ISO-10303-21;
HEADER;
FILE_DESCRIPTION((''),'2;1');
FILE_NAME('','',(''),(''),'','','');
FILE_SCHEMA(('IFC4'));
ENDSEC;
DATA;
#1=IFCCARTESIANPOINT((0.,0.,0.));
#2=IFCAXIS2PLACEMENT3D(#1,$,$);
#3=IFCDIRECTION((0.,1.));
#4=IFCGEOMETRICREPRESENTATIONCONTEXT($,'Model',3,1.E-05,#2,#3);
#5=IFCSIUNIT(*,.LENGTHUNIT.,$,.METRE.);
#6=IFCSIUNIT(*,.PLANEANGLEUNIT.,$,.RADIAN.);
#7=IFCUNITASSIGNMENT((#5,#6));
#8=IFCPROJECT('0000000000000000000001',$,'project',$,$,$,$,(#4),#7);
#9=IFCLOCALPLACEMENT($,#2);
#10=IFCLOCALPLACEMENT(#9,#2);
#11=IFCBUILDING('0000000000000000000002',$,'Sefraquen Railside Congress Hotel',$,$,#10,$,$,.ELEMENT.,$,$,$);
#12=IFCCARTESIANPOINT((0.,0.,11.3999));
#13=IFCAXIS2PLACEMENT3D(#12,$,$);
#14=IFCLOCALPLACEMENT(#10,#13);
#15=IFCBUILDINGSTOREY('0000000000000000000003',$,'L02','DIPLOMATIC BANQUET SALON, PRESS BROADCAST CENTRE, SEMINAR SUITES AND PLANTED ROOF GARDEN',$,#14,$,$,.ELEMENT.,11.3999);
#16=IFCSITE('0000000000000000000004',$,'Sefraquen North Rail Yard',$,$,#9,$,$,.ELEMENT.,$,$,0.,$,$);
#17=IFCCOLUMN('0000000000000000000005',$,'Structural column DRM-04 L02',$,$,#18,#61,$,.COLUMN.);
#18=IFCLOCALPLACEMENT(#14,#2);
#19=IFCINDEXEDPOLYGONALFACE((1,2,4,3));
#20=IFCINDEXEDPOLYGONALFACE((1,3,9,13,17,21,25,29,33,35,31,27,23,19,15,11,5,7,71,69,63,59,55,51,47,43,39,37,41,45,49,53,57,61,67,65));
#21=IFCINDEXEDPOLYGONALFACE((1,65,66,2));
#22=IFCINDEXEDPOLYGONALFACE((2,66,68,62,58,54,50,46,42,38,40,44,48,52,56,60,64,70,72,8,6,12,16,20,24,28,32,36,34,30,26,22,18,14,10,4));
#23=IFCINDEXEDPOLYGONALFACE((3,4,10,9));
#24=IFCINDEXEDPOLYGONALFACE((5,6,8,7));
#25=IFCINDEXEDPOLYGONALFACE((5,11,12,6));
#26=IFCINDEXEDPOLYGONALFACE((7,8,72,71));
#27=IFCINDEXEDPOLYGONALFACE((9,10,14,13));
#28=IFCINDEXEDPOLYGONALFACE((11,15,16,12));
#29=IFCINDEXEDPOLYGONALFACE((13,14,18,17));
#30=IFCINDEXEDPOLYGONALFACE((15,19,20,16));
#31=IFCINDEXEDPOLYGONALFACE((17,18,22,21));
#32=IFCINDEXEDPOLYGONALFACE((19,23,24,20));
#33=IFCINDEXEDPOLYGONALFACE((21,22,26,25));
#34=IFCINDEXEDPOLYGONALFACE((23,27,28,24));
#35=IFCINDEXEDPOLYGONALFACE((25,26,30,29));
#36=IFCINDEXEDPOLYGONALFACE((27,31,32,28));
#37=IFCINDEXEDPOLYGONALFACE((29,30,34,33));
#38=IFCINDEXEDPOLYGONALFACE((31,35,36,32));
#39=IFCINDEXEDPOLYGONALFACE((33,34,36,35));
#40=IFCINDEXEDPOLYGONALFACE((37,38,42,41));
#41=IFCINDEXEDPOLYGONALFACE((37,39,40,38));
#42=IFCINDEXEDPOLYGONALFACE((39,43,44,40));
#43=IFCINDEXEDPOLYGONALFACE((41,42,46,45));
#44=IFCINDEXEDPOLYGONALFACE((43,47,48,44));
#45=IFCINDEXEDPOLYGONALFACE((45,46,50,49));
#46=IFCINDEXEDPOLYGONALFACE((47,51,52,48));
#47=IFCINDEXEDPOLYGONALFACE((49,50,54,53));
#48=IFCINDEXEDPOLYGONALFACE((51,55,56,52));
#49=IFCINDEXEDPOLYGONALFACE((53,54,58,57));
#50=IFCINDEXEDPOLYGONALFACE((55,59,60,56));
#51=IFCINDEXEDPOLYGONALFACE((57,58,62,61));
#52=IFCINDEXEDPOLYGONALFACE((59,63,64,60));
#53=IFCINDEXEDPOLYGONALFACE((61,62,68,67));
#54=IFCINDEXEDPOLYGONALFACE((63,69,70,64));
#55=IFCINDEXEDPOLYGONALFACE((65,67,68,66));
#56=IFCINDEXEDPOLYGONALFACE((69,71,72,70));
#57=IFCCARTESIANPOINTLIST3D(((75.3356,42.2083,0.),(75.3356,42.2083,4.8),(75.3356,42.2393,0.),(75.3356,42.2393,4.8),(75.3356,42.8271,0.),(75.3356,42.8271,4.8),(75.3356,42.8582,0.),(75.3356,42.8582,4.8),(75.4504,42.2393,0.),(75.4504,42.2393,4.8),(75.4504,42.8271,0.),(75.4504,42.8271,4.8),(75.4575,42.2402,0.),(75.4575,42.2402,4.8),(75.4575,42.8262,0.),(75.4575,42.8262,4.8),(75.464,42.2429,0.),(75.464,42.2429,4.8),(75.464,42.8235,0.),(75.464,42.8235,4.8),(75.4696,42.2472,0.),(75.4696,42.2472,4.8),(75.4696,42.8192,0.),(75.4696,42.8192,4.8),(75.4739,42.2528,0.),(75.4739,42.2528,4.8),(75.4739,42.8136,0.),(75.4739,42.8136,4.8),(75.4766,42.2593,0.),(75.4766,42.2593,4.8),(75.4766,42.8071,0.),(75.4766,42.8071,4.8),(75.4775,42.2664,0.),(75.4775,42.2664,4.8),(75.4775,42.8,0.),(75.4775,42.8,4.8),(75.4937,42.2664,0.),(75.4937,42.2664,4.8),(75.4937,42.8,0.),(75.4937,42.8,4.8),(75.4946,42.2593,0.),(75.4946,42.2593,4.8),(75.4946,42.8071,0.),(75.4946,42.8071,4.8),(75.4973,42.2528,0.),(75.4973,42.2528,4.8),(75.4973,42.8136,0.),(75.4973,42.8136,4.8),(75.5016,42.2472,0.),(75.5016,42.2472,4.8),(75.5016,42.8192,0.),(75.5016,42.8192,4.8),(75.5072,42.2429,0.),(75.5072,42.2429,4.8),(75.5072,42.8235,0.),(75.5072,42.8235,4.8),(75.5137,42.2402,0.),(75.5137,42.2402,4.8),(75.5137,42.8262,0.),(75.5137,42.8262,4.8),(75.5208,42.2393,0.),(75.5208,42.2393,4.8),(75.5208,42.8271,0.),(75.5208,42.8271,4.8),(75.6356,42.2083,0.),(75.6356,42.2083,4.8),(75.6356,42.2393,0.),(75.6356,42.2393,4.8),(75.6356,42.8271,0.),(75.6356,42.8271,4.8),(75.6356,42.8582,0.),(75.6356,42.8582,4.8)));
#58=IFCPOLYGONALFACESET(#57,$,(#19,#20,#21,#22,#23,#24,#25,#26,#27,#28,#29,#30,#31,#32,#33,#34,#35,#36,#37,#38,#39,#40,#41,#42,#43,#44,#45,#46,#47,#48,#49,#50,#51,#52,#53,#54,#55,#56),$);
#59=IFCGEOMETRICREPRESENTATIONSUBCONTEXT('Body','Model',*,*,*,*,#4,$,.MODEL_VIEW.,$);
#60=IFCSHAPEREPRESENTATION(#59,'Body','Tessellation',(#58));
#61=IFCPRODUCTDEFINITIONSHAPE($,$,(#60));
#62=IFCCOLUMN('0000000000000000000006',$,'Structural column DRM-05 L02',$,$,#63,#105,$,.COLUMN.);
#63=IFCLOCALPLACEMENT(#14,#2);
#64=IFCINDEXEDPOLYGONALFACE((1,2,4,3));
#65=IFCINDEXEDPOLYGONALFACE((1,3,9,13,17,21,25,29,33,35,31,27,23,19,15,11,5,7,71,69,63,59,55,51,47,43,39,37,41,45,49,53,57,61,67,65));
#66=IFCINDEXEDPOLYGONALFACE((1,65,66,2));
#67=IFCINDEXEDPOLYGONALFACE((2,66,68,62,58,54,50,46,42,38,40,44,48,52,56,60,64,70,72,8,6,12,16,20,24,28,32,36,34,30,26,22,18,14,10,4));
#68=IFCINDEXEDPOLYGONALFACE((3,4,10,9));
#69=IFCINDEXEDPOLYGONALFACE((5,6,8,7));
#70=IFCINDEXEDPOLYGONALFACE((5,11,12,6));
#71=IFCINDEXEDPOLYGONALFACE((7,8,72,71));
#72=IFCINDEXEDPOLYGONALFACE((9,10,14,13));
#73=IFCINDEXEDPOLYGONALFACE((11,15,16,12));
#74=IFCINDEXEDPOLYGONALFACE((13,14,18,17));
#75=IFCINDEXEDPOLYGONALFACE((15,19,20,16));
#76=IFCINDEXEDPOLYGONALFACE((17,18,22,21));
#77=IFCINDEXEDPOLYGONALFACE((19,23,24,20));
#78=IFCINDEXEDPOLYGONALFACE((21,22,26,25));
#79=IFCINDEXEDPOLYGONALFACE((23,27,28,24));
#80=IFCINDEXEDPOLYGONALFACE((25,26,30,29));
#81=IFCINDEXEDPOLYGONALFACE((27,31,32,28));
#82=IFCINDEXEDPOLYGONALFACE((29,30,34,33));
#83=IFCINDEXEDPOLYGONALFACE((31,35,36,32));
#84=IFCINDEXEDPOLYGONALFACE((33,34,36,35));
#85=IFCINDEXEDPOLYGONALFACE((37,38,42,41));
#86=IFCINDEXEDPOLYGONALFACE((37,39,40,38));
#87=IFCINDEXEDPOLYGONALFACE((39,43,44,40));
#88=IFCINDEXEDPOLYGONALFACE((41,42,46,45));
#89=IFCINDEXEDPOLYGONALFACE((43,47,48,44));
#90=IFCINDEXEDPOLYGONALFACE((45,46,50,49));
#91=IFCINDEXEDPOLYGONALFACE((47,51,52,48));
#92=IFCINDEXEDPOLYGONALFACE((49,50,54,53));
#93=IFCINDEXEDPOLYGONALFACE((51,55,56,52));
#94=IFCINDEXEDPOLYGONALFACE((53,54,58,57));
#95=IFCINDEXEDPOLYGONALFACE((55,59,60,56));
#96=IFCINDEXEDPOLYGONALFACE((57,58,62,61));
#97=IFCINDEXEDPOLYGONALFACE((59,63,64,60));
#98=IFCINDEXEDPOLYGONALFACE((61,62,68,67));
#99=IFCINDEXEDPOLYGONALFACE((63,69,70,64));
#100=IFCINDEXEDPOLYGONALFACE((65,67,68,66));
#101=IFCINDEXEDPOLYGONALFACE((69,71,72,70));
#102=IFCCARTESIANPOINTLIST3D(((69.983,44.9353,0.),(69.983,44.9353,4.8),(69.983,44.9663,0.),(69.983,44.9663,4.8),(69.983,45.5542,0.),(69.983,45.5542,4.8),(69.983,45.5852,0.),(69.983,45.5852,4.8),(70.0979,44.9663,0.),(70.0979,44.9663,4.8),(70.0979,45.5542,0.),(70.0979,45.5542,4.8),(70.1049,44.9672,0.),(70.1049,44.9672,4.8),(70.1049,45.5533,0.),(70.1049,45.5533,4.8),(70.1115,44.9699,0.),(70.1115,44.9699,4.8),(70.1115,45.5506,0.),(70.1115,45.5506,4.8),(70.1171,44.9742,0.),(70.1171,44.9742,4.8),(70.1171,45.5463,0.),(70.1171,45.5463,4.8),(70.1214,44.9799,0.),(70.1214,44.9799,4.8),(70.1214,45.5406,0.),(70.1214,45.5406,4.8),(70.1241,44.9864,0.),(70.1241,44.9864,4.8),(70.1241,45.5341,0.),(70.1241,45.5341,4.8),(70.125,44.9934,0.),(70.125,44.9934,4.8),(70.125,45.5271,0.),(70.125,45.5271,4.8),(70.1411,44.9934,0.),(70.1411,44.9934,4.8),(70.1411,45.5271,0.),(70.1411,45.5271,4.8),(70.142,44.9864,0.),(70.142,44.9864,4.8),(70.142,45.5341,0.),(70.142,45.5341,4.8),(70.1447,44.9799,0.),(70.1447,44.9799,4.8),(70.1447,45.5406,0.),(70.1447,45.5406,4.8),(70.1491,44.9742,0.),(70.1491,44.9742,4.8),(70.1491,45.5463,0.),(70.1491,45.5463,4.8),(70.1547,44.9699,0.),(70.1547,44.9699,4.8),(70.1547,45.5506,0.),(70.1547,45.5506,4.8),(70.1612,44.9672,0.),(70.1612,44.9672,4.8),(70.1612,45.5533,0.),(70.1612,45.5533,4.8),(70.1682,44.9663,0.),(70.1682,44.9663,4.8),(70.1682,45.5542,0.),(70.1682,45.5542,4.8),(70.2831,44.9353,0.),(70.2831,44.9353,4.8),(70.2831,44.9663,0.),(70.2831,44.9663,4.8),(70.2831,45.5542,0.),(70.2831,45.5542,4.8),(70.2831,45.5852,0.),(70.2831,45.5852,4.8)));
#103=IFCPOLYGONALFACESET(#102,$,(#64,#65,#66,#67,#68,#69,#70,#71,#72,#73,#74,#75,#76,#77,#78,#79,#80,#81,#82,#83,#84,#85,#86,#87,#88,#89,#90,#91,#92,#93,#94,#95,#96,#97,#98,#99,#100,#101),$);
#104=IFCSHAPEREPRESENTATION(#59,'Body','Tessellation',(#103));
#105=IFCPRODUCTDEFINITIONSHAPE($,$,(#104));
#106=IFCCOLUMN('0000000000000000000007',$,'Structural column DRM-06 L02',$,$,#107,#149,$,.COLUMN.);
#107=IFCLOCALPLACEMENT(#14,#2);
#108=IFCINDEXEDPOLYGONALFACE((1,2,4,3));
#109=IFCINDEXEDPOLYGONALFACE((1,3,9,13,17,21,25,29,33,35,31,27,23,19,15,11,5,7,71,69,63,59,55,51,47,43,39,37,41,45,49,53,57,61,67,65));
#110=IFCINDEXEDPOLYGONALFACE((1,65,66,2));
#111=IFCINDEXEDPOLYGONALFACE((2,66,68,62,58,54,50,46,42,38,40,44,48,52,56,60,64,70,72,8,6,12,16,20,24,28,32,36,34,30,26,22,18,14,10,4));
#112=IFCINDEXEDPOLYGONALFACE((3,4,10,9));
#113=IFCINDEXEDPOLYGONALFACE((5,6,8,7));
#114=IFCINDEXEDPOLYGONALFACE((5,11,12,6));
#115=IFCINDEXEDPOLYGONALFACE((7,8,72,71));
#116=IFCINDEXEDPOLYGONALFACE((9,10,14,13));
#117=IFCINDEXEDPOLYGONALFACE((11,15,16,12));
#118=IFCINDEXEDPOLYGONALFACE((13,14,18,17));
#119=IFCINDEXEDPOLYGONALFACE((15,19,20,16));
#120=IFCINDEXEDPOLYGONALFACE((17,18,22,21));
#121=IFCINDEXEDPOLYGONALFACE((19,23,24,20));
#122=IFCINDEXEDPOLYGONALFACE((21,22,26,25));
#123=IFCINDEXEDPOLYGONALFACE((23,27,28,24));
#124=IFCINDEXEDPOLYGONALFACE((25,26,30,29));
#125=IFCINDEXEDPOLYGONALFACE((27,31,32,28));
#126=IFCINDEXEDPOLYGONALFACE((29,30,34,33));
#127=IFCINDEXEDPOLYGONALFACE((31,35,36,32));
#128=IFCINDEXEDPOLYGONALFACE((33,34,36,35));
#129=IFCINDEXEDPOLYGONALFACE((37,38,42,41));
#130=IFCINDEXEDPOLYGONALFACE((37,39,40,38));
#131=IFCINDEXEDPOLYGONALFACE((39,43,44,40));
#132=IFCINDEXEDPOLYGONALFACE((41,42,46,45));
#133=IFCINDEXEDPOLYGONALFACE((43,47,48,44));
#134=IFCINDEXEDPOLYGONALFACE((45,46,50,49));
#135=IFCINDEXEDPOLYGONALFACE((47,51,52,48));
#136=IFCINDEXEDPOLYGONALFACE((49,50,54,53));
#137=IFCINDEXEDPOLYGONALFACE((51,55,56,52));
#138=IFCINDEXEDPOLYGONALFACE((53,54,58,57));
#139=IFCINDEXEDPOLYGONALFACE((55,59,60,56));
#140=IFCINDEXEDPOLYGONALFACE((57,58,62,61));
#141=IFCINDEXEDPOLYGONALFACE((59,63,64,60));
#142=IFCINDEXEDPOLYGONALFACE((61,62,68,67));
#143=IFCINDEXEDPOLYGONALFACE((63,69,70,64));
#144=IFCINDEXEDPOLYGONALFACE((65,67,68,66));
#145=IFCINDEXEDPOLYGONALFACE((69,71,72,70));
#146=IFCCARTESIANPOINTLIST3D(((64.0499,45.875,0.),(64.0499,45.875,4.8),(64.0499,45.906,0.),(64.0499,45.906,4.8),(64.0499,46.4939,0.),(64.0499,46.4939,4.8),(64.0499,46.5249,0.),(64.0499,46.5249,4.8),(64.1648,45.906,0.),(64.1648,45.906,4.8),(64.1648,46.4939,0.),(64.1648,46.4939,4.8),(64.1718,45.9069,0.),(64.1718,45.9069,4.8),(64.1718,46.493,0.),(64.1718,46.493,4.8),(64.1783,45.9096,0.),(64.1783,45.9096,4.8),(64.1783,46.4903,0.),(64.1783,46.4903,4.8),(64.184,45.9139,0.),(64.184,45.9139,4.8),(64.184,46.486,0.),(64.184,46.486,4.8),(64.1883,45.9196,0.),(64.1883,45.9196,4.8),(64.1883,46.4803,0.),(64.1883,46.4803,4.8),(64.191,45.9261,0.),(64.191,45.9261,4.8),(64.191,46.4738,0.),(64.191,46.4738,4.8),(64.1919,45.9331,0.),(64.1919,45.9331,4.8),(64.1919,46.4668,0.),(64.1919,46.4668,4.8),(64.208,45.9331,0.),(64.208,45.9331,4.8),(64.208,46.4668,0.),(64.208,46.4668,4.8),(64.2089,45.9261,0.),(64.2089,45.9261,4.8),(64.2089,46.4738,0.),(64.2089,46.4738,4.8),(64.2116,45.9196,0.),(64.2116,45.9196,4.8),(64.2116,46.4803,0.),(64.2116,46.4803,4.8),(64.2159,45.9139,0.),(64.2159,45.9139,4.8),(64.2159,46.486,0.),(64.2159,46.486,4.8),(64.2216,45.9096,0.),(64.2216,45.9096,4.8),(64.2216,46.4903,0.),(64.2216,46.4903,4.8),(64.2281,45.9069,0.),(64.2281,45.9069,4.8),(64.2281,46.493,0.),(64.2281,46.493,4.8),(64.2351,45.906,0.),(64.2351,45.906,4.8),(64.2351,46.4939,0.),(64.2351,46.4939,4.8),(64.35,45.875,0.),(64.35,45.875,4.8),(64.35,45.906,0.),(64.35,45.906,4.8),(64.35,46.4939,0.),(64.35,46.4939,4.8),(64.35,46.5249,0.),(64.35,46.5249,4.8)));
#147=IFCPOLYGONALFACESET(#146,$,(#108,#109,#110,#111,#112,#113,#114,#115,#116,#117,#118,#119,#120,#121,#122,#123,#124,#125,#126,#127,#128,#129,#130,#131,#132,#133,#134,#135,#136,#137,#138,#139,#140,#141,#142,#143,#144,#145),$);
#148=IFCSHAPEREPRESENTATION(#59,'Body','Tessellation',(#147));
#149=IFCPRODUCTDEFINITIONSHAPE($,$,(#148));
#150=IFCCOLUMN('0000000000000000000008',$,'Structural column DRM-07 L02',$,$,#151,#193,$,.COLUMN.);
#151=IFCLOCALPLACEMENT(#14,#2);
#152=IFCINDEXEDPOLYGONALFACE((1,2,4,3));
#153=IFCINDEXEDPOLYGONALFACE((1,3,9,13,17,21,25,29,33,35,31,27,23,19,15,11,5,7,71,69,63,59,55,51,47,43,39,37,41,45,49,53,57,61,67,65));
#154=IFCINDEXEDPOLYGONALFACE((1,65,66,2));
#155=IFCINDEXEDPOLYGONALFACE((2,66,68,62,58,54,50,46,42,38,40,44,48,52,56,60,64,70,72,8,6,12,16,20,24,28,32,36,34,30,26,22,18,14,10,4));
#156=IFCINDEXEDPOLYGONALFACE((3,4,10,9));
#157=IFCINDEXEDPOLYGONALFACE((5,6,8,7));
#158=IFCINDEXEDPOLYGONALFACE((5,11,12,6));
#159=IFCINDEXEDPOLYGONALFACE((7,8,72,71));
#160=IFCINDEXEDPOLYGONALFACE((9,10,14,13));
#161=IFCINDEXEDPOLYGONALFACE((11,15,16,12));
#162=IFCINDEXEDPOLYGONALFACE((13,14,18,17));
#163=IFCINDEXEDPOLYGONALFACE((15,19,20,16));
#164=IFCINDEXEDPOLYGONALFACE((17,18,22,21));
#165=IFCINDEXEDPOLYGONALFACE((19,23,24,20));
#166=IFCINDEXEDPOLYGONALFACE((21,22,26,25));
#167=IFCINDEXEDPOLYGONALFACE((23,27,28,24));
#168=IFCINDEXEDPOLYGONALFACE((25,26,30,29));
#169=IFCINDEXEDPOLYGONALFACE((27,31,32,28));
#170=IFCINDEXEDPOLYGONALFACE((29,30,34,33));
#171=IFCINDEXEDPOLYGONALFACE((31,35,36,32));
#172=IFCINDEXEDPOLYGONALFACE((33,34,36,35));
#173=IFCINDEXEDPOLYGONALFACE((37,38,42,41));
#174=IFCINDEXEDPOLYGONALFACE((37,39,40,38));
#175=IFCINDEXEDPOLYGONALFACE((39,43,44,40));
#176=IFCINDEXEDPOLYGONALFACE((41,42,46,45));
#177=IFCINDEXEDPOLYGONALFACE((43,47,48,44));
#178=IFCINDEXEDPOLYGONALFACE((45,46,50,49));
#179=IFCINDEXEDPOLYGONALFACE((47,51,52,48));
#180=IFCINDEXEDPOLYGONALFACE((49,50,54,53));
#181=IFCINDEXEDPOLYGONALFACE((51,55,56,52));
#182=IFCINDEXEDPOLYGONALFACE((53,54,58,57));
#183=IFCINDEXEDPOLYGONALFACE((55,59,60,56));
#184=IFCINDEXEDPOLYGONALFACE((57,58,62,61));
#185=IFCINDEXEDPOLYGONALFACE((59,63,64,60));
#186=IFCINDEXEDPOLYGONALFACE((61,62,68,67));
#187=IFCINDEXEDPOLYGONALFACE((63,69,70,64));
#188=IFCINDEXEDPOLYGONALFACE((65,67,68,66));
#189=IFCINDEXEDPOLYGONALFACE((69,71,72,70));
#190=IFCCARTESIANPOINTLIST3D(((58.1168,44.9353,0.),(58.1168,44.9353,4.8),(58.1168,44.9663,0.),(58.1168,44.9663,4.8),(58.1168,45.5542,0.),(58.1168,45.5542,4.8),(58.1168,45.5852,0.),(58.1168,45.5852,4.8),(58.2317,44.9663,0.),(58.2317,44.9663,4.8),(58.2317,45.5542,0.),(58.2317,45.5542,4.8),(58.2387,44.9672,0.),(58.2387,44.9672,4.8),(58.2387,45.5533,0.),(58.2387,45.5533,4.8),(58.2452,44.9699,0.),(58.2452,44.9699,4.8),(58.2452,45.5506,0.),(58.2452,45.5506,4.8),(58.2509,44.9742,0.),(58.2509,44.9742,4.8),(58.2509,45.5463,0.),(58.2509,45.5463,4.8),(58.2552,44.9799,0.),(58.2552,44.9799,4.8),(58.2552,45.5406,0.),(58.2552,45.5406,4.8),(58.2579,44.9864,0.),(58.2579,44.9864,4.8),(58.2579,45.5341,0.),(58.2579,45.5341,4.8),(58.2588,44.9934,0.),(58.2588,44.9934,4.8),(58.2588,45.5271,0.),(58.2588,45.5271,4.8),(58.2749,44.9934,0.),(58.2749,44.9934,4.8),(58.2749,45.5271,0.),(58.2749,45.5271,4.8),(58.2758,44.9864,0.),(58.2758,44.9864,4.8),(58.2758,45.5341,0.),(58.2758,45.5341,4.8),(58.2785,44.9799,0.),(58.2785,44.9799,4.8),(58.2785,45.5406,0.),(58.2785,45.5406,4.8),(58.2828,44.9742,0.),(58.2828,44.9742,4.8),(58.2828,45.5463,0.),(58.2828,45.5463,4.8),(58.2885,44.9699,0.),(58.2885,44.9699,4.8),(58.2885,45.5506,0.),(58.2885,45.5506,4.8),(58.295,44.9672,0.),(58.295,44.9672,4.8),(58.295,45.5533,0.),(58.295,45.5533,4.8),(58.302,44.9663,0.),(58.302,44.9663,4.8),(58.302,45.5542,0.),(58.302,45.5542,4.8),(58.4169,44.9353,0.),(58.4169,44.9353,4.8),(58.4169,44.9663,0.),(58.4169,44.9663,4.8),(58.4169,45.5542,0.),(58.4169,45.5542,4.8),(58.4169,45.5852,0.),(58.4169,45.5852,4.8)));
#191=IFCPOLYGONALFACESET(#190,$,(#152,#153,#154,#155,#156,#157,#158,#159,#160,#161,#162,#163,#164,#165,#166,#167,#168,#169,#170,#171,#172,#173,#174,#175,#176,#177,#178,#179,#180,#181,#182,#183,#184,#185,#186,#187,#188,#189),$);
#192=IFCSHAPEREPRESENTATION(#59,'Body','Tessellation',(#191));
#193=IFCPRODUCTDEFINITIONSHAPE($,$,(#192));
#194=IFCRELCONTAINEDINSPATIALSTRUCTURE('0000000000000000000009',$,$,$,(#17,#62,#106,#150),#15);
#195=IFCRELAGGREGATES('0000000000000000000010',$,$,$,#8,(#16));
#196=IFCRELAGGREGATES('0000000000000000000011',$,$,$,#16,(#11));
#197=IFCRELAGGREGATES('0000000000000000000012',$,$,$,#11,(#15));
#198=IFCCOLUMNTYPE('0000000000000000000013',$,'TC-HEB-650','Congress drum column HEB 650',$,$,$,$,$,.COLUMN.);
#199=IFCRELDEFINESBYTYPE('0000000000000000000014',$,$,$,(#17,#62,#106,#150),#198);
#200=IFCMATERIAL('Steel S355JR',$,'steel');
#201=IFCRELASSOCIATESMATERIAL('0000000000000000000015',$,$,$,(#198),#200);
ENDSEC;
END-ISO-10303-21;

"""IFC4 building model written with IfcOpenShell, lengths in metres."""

from ifc_helpers import new_model, si_unit, direction, frame, origin, origin_2d, place, context, subcontext, project, spatial, i_section, extrude, material, material_profile, profile_set, type_object, element, save


model = new_model("IFC4")

# Units and contexts
model_context = context("Model", 3, precision=1e-05, world=origin(), true_north=direction((0.0, 1.0)))
body_context = subcontext(model_context, "Body", "Model", "MODEL_VIEW")
ifc_project = project(units=[si_unit("LENGTHUNIT", "METRE"), si_unit("PLANEANGLEUNIT", "RADIAN")], contexts=[model_context])

# Site, building, storey
site_placement = place(None, origin())
site = spatial("IfcSite", under=ifc_project, at=site_placement, Name="Sefraquen North Rail Yard", CompositionType="ELEMENT", RefElevation=0.0)
building_placement = place(site_placement, origin())
building = spatial("IfcBuilding", under=site, at=building_placement, Name="Sefraquen Railside Congress Hotel", CompositionType="ELEMENT")
storey_placement = place(building_placement, frame((0.0, 0.0, 11.3999)))
storey = spatial("IfcBuildingStorey", under=building, at=storey_placement, Name="L02", Description="DIPLOMATIC BANQUET SALON, PRESS BROADCAST CENTRE, SEMINAR SUITES AND PLANTED ROOF GARDEN", CompositionType="ELEMENT", Elevation=11.3999)

# Columns
ifc_material_1 = material(Name="Steel S355JR", Category="steel")
ifc_material_profile_1 = material_profile(ifc_material_1, i_section(OverallWidth=0.3, OverallDepth=0.6499, WebThickness=0.0161, FlangeThickness=0.031, FilletRadius=0.0271, at=origin_2d()), Name="HEB 650")
ifc_profile_set_1 = profile_set([ifc_material_profile_1], Name="Steel S355JR")
column_type_1 = type_object("IfcColumnType", Name="TC-HEB-650", Description="Congress drum column HEB 650", PredefinedType="COLUMN", material=ifc_profile_set_1)
for number, where, z_axis, x_axis, name in (
    (1, (75.4856, 42.5332, 0.0), (0.0, 0.0, 1.0), (1.0, 0.0, 0.0), "Structural column DRM-04 L02"),
    (2, (70.1331, 45.2603, 0.0), (0.0, 0.0, 1.0), (1.0, 0.0, 0.0), "Structural column DRM-05 L02"),
    (3, (64.2, 46.2, 0.0), (0.0, 0.0, 1.0), (1.0, 0.0, 0.0), "Structural column DRM-06 L02"),
    (4, (58.2668, 45.2603, 0.0), (0.0, 0.0, 1.0), (1.0, 0.0, 0.0), "Structural column DRM-07 L02"),
):
    element("IfcColumn", number, at=place(storey_placement, frame(where, z_axis=z_axis, x_axis=x_axis)), inside=storey, type_object=column_type_1, Name=name, PredefinedType="COLUMN", context=body_context, shape_type="SweptSolid", body=[
        extrude(i_section(OverallWidth=0.3, OverallDepth=0.6499, WebThickness=0.0161, FlangeThickness=0.031, FilletRadius=0.0271, at=origin_2d()), origin(), (0.0, 0.0, 1.0), 4.8),
    ])

save(model, "model.ifc")
